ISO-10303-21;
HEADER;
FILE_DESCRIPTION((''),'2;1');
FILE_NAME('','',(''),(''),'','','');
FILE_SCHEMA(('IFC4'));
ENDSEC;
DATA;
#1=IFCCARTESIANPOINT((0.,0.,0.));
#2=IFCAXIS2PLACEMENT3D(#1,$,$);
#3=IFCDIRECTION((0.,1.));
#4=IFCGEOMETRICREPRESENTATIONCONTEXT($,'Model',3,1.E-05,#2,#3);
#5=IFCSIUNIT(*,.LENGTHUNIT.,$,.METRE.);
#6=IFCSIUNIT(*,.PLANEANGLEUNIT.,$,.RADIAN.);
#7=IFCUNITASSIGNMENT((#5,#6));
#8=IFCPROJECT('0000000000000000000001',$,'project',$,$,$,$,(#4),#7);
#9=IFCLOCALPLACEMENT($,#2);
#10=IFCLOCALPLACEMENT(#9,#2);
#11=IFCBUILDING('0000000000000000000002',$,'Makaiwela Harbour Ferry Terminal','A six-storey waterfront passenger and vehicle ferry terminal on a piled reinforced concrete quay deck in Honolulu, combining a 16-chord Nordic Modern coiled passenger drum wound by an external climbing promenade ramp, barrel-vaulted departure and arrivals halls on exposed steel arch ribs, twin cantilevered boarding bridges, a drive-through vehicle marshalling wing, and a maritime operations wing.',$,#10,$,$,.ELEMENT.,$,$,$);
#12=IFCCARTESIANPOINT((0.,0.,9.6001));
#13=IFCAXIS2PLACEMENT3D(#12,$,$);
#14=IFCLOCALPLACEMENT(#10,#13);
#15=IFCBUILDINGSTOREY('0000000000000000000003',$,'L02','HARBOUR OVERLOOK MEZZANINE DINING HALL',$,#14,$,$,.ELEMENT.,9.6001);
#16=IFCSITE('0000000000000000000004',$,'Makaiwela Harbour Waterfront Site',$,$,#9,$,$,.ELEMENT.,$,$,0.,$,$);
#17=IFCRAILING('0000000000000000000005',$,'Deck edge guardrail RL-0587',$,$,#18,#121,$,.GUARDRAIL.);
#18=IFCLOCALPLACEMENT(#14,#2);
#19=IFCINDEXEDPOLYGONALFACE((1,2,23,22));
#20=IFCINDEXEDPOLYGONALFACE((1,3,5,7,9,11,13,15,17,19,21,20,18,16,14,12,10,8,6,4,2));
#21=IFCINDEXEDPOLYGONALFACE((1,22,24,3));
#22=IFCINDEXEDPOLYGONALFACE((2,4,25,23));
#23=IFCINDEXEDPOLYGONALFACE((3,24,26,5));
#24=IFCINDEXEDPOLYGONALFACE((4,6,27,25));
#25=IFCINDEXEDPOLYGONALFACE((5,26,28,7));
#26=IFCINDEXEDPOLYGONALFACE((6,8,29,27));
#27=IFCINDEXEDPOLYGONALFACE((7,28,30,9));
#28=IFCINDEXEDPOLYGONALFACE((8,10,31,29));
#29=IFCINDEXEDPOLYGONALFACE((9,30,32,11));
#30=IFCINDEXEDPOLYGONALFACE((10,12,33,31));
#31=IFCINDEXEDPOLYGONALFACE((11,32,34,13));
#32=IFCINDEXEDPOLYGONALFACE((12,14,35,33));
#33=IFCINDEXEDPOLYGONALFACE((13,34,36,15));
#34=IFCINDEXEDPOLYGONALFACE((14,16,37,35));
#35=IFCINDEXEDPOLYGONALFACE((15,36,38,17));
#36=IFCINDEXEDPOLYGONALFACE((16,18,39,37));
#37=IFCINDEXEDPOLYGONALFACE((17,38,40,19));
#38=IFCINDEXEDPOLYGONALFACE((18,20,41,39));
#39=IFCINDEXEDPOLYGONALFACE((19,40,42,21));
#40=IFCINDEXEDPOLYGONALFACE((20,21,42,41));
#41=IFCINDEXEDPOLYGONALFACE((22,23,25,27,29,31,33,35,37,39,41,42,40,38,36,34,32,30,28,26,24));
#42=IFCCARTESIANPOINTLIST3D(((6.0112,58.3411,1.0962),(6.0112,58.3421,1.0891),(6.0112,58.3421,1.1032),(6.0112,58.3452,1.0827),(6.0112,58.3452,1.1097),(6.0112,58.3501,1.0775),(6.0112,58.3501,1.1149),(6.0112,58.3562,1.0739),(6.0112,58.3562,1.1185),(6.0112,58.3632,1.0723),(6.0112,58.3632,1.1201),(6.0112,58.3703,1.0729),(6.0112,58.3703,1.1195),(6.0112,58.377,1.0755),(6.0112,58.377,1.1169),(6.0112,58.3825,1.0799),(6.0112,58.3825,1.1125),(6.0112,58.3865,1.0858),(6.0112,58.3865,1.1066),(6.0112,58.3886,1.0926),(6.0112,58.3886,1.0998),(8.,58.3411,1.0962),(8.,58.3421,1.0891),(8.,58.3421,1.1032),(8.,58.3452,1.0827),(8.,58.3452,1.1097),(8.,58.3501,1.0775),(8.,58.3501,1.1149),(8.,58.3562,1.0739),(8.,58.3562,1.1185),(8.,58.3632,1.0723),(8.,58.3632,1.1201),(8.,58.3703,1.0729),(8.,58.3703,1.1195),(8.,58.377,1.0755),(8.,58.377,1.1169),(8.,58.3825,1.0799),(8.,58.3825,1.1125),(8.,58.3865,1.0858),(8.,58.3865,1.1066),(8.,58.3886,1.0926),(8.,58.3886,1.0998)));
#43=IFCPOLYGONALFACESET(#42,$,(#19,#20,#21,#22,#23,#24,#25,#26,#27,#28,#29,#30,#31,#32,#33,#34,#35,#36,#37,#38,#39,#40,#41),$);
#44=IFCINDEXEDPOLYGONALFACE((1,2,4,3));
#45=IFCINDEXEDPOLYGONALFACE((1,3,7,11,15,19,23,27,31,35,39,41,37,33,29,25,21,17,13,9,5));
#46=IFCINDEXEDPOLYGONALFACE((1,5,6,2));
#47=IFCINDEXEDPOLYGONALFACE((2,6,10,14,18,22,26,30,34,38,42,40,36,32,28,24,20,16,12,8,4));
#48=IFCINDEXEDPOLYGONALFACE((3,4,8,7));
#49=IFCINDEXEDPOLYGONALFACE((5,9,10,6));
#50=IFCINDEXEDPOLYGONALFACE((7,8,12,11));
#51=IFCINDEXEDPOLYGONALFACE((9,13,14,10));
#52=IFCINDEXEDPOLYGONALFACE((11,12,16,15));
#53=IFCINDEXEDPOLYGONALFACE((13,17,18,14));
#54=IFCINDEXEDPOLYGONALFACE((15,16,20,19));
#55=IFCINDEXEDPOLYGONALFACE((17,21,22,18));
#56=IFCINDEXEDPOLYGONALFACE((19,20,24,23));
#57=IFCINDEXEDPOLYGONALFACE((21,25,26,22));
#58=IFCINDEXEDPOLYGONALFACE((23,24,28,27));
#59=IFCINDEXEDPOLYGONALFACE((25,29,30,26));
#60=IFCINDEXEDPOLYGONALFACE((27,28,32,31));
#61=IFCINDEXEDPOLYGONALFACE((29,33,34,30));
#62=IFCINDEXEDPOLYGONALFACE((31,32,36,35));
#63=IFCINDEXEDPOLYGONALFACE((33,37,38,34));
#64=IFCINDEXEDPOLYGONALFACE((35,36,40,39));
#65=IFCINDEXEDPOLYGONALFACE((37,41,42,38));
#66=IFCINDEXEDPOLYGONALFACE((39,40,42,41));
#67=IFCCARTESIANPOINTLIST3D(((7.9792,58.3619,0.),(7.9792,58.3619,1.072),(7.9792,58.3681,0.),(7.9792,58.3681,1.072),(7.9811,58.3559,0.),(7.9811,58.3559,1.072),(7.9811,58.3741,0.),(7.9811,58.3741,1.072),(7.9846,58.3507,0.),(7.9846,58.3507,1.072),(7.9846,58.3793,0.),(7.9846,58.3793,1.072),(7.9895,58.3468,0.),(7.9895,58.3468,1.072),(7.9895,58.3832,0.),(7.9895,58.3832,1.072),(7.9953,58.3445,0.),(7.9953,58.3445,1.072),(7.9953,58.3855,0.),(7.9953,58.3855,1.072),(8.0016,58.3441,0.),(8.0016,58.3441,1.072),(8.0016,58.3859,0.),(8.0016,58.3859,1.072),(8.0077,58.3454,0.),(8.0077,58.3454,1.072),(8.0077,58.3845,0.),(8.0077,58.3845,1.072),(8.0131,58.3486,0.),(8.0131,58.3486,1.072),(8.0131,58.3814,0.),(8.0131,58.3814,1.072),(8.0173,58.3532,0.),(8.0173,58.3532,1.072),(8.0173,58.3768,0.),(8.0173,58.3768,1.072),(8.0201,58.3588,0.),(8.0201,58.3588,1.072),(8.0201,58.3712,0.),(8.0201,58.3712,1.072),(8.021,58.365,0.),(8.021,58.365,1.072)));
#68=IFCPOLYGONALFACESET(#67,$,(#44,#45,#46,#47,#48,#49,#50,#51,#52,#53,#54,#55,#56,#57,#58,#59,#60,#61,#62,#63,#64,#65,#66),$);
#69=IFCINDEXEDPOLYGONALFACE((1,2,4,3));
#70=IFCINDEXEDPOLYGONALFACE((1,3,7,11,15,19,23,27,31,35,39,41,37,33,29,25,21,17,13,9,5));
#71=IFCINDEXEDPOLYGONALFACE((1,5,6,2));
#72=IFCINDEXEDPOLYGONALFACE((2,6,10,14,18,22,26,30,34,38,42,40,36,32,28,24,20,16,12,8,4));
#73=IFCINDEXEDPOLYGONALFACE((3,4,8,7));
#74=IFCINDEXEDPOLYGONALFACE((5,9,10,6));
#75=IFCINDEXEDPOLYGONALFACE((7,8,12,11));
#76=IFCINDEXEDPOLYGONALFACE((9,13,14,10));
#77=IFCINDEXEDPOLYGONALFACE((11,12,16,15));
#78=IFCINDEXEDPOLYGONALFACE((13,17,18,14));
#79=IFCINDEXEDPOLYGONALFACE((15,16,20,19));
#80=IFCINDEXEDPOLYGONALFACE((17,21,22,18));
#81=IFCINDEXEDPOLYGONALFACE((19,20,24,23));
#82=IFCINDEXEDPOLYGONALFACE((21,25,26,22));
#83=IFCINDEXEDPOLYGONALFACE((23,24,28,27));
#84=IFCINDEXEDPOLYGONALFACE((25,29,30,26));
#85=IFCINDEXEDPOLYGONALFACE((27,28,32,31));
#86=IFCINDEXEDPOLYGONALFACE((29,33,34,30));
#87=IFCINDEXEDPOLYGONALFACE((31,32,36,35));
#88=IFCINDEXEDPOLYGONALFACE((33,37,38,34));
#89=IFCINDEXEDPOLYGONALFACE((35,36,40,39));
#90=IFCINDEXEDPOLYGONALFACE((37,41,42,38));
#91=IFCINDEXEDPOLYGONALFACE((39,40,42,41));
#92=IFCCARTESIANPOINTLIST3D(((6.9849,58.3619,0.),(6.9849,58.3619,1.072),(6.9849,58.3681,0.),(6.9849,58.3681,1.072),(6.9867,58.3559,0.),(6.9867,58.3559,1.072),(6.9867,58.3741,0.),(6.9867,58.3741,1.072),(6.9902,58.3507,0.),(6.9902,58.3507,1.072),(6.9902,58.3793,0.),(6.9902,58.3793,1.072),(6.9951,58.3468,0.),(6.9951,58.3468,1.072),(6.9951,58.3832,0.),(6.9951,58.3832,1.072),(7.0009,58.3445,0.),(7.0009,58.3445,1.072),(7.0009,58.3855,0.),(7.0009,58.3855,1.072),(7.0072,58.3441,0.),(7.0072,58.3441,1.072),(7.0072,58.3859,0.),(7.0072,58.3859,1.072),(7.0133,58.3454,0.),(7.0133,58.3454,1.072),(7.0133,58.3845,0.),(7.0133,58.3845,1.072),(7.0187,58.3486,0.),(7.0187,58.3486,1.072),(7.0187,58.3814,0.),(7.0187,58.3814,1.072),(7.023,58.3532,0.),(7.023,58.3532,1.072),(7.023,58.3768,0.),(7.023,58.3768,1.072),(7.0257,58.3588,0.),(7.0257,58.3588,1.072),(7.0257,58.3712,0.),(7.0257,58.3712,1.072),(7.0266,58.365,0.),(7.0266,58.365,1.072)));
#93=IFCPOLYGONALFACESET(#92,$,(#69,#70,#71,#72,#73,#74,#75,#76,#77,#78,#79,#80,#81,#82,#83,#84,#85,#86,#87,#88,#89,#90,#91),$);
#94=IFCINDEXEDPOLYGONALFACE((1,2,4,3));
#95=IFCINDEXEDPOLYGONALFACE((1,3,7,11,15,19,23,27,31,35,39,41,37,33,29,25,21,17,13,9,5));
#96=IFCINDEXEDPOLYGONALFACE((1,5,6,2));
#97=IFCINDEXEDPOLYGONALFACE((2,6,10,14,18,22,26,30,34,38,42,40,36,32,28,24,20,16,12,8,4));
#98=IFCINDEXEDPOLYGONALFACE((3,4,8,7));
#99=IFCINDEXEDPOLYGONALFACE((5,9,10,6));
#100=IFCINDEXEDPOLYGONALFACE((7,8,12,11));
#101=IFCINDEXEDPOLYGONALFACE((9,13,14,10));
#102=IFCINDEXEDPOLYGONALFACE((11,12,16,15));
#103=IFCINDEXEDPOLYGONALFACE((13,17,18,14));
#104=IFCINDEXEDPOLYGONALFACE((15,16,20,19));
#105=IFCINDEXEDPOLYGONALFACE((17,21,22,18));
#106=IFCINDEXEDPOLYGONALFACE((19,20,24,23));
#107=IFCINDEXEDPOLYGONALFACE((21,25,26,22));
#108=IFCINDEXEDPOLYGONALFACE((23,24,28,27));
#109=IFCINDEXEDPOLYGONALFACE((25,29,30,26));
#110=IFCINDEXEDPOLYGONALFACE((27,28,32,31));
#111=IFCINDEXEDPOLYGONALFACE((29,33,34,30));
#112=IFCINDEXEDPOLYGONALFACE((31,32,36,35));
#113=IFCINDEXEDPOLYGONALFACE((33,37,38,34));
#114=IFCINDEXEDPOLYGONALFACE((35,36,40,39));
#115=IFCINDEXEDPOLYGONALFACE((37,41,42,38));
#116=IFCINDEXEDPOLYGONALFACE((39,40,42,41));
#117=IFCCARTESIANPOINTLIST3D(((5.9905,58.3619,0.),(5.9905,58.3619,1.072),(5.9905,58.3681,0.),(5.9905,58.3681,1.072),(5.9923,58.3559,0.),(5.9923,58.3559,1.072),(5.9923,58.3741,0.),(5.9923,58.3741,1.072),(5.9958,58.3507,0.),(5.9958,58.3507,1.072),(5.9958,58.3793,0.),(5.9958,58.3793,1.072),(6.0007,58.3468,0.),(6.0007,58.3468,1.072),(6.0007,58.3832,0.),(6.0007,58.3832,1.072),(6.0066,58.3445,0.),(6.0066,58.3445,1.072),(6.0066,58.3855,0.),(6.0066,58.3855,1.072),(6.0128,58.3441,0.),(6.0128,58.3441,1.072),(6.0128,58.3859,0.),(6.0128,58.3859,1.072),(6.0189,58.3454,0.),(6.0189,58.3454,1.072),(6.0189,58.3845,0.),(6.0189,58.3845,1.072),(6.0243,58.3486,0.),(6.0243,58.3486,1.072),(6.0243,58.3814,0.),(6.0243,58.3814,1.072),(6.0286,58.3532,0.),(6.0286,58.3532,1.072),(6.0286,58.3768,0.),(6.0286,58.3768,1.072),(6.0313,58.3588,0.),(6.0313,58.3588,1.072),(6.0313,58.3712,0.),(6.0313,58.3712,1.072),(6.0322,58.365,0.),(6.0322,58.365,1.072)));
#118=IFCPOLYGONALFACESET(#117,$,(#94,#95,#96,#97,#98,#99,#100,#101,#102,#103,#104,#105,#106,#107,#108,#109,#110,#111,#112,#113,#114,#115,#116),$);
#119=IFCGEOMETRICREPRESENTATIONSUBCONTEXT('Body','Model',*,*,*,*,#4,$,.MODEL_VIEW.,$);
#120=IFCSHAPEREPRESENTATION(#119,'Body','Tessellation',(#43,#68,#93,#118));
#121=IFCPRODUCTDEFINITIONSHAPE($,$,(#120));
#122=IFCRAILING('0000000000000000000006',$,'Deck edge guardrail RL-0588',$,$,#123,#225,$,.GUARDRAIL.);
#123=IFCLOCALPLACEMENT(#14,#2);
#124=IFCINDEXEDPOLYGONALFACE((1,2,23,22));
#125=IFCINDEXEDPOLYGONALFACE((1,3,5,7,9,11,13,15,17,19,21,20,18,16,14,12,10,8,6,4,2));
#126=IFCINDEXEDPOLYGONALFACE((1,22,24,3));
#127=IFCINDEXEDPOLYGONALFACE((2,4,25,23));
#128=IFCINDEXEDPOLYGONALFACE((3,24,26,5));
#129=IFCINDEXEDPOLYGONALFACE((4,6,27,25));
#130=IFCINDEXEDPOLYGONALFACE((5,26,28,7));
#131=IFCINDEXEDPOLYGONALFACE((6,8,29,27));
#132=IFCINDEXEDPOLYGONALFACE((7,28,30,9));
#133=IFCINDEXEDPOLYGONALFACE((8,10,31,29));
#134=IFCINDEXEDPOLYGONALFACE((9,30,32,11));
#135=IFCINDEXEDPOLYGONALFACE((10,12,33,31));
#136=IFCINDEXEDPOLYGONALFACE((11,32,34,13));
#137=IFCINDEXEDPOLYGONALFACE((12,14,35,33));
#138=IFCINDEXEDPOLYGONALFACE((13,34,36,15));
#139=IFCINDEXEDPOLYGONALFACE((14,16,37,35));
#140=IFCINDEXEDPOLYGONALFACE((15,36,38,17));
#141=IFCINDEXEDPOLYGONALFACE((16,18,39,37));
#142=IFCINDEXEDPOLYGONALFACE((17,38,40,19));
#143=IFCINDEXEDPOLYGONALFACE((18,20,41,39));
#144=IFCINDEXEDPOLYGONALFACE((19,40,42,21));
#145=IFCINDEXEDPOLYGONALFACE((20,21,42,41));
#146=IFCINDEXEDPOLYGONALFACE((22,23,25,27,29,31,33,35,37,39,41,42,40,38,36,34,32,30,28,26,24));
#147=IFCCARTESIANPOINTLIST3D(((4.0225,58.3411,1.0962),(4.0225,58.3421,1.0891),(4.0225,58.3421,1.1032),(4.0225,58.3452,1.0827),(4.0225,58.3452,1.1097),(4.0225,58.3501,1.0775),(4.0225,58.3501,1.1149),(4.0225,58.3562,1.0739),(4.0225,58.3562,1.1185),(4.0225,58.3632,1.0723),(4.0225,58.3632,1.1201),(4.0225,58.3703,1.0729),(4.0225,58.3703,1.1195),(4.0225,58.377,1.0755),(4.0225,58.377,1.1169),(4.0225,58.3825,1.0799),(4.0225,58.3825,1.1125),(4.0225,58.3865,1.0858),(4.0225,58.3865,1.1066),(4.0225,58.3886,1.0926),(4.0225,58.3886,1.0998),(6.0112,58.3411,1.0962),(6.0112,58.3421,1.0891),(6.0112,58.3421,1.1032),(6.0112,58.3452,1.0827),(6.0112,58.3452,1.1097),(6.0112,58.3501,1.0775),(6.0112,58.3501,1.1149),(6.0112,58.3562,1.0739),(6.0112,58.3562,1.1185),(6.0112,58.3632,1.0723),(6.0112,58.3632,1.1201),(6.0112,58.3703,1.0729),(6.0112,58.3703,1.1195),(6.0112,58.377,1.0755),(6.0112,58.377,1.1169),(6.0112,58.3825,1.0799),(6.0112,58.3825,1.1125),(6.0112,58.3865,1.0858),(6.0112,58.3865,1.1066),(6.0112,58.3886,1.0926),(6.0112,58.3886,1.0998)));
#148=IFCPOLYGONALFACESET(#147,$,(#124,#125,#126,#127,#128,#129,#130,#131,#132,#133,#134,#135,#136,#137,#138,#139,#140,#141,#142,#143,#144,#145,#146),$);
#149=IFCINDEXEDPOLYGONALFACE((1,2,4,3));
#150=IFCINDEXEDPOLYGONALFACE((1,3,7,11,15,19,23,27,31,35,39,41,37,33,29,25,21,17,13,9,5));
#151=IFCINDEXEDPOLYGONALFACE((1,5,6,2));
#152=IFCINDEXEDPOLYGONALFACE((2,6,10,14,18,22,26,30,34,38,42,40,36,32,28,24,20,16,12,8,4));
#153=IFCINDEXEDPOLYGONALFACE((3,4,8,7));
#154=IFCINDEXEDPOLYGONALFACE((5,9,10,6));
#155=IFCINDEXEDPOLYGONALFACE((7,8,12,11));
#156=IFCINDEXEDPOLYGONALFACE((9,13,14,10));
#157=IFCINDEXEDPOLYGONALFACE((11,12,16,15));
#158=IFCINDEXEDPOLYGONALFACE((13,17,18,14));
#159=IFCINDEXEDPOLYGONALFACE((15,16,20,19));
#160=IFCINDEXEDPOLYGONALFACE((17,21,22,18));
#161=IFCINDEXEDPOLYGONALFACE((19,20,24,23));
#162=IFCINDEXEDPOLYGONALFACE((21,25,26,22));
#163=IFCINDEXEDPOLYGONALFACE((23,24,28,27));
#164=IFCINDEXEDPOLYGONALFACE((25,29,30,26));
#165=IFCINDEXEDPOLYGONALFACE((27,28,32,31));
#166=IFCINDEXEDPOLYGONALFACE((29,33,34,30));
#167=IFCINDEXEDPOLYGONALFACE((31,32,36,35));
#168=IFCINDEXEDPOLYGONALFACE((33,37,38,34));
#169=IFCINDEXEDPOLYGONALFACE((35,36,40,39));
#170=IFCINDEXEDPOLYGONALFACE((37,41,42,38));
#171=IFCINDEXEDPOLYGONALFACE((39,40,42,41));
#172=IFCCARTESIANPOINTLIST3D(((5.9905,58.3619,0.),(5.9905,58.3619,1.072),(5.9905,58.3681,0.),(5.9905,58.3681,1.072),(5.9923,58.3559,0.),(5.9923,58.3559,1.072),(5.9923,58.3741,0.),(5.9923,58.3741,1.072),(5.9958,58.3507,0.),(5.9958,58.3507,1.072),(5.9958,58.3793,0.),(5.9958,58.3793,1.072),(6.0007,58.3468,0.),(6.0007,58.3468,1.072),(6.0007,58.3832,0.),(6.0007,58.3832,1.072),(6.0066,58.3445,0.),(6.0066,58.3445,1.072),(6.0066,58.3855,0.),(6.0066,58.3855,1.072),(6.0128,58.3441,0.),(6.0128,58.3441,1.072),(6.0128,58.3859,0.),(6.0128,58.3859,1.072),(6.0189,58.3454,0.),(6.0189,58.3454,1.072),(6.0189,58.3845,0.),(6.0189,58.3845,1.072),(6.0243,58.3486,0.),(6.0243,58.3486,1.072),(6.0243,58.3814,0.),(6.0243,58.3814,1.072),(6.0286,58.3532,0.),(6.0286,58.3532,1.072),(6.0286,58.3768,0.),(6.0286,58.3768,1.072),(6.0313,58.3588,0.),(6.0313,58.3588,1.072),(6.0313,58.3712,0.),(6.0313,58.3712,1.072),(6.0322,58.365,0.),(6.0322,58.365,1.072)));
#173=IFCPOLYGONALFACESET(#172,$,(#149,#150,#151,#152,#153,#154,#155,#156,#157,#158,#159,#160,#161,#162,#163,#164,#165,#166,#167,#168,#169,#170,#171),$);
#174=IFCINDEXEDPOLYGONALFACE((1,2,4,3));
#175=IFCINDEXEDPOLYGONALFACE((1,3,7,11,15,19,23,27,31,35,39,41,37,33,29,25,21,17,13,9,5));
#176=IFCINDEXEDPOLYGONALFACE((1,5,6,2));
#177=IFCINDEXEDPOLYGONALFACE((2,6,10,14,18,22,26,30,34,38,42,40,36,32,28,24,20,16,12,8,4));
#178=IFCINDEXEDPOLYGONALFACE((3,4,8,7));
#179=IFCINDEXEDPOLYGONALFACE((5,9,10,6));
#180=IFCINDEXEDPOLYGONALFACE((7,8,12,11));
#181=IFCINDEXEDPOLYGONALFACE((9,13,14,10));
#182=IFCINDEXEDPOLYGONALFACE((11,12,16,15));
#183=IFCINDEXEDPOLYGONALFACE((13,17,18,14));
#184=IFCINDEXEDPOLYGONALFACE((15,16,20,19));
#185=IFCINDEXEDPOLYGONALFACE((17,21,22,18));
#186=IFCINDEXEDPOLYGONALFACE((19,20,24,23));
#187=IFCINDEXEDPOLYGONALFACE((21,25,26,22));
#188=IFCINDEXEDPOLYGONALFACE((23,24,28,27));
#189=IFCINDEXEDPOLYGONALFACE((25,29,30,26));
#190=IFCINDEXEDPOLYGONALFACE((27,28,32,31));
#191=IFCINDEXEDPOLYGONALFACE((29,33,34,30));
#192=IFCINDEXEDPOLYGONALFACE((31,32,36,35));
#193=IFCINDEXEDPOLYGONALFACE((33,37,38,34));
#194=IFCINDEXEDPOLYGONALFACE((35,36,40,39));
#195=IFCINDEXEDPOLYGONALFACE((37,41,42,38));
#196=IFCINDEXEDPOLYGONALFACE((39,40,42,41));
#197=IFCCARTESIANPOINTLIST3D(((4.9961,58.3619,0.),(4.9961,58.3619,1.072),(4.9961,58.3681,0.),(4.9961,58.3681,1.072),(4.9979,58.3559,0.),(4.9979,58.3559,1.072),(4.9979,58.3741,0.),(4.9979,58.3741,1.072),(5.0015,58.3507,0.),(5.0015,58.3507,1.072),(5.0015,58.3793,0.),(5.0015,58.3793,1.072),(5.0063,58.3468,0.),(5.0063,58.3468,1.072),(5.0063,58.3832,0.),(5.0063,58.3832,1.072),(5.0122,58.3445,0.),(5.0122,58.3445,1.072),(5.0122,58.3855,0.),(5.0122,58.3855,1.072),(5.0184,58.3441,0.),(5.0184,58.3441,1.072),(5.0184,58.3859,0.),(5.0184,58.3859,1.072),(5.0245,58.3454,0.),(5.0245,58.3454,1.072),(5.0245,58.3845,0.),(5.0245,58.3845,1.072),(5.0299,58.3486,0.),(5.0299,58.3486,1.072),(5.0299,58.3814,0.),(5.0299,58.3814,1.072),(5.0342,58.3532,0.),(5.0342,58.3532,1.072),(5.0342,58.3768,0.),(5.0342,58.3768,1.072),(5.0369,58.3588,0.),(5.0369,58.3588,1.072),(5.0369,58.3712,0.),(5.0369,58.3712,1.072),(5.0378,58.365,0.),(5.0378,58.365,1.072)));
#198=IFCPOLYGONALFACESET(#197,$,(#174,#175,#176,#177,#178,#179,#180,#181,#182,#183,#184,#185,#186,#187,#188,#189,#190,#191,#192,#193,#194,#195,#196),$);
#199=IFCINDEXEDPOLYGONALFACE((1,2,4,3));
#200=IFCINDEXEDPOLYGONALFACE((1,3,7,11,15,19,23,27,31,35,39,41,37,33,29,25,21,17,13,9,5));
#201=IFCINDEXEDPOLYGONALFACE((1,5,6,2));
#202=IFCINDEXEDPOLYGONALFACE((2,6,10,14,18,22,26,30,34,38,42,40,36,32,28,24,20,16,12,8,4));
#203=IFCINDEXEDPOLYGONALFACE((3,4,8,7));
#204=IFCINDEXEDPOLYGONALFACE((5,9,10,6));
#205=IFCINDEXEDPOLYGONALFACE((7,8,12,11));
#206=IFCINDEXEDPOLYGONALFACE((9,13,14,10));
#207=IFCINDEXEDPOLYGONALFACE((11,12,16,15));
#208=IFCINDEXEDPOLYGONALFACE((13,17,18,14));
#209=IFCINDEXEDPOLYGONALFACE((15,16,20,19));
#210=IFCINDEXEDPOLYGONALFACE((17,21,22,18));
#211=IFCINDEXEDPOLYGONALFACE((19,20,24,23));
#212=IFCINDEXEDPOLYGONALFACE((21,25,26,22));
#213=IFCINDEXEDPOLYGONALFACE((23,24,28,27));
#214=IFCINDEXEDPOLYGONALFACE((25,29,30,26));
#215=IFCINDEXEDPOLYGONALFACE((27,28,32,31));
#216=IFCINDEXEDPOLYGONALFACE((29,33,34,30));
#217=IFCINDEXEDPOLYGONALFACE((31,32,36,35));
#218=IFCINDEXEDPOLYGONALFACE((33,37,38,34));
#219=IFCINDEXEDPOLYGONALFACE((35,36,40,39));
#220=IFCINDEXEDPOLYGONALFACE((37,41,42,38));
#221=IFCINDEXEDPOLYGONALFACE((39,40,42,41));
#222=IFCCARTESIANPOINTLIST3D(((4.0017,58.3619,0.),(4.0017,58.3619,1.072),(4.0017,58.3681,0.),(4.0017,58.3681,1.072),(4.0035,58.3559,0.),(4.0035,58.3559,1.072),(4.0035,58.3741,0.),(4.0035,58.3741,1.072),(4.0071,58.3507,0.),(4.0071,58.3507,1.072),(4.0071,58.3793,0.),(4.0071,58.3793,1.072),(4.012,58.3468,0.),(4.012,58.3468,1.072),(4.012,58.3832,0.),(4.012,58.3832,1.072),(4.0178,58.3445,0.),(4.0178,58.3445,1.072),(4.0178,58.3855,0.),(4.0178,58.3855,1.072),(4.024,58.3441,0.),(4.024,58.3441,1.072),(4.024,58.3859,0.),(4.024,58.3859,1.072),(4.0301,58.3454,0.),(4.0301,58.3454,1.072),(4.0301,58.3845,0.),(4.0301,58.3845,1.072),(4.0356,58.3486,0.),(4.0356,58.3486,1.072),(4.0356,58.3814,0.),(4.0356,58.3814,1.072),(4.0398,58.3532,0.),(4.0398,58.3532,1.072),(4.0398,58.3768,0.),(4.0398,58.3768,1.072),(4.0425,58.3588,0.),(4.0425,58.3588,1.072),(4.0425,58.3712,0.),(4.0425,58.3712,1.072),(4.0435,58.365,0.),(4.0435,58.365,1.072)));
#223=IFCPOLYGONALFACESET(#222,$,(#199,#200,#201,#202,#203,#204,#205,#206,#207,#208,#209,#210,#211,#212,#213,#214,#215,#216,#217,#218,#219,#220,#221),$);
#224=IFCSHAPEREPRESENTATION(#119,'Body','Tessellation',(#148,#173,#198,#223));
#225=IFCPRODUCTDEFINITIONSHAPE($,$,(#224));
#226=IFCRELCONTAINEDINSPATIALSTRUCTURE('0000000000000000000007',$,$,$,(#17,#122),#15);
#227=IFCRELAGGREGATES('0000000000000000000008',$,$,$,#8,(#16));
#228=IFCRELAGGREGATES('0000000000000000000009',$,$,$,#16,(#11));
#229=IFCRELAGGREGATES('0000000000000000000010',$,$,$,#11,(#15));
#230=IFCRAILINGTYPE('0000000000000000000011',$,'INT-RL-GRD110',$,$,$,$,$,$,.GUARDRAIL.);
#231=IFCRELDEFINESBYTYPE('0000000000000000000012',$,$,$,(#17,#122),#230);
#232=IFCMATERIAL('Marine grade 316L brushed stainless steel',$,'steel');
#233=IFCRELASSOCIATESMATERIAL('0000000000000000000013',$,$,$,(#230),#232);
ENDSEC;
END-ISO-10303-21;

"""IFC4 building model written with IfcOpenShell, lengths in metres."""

from ifc_helpers import new_model, si_unit, direction, frame, origin, origin_2d, place, context, subcontext, project, spatial, circle, extrude, material, type_object, element, save


model = new_model("IFC4")

# Units and contexts
model_context = context("Model", 3, precision=1e-05, world=origin(), true_north=direction((0.0, 1.0)))
body_context = subcontext(model_context, "Body", "Model", "MODEL_VIEW")
ifc_project = project(units=[si_unit("LENGTHUNIT", "METRE"), si_unit("PLANEANGLEUNIT", "RADIAN")], contexts=[model_context])

# Site, building, storey
site_placement = place(None, origin())
site = spatial("IfcSite", under=ifc_project, at=site_placement, Name="Makaiwela Harbour Waterfront Site", CompositionType="ELEMENT", RefElevation=0.0)
building_placement = place(site_placement, origin())
building = spatial("IfcBuilding", under=site, at=building_placement, Name="Makaiwela Harbour Ferry Terminal", Description="A six-storey waterfront passenger and vehicle ferry terminal on a piled reinforced concrete quay deck in Honolulu, combining a 16-chord Nordic Modern coiled passenger drum wound by an external climbing promenade ramp, barrel-vaulted departure and arrivals halls on exposed steel arch ribs, twin cantilevered boarding bridges, a drive-through vehicle marshalling wing, and a maritime operations wing.", CompositionType="ELEMENT")
storey_placement = place(building_placement, frame((0.0, 0.0, 9.6001)))
storey = spatial("IfcBuildingStorey", under=building, at=storey_placement, Name="L02", Description="HARBOUR OVERLOOK MEZZANINE DINING HALL", CompositionType="ELEMENT", Elevation=9.6001)

# Railings
ifc_material_1 = material(Name="Marine grade 316L brushed stainless steel", Category="steel")
railing_type = type_object("IfcRailingType", Name="INT-RL-GRD110", PredefinedType="GUARDRAIL", material=ifc_material_1)
for number, where, name in (
    (1, (8.0, 58.365, 0.0), "Deck edge guardrail RL-0587"),
    (2, (6.0112, 58.365, 0.0), "Deck edge guardrail RL-0588"),
):
    element("IfcRailing", number, at=place(storey_placement, frame(where)), inside=storey, type_object=railing_type, Name=name, PredefinedType="GUARDRAIL", context=body_context, shape_type="SweptSolid", body=[
        extrude(circle(Radius=0.0239, at=origin_2d()), frame((0.0, 0.0, 1.0962), z_axis=(-1.0, 0.0, 0.0), x_axis=(0.0, -1.0, 0.0)), (0.0, 0.0, 1.0), 1.9888),
        extrude(circle(Radius=0.021, at=origin_2d()), origin(), (0.0, 0.0, 1.0), 1.072),
        extrude(circle(Radius=0.021, at=origin_2d()), frame((-0.9944, 0.0, 0.0)), (0.0, 0.0, 1.0), 1.072),
        extrude(circle(Radius=0.021, at=origin_2d()), frame((-1.9888, 0.0, 0.0)), (0.0, 0.0, 1.0), 1.072),
    ])

save(model, "model.ifc")
